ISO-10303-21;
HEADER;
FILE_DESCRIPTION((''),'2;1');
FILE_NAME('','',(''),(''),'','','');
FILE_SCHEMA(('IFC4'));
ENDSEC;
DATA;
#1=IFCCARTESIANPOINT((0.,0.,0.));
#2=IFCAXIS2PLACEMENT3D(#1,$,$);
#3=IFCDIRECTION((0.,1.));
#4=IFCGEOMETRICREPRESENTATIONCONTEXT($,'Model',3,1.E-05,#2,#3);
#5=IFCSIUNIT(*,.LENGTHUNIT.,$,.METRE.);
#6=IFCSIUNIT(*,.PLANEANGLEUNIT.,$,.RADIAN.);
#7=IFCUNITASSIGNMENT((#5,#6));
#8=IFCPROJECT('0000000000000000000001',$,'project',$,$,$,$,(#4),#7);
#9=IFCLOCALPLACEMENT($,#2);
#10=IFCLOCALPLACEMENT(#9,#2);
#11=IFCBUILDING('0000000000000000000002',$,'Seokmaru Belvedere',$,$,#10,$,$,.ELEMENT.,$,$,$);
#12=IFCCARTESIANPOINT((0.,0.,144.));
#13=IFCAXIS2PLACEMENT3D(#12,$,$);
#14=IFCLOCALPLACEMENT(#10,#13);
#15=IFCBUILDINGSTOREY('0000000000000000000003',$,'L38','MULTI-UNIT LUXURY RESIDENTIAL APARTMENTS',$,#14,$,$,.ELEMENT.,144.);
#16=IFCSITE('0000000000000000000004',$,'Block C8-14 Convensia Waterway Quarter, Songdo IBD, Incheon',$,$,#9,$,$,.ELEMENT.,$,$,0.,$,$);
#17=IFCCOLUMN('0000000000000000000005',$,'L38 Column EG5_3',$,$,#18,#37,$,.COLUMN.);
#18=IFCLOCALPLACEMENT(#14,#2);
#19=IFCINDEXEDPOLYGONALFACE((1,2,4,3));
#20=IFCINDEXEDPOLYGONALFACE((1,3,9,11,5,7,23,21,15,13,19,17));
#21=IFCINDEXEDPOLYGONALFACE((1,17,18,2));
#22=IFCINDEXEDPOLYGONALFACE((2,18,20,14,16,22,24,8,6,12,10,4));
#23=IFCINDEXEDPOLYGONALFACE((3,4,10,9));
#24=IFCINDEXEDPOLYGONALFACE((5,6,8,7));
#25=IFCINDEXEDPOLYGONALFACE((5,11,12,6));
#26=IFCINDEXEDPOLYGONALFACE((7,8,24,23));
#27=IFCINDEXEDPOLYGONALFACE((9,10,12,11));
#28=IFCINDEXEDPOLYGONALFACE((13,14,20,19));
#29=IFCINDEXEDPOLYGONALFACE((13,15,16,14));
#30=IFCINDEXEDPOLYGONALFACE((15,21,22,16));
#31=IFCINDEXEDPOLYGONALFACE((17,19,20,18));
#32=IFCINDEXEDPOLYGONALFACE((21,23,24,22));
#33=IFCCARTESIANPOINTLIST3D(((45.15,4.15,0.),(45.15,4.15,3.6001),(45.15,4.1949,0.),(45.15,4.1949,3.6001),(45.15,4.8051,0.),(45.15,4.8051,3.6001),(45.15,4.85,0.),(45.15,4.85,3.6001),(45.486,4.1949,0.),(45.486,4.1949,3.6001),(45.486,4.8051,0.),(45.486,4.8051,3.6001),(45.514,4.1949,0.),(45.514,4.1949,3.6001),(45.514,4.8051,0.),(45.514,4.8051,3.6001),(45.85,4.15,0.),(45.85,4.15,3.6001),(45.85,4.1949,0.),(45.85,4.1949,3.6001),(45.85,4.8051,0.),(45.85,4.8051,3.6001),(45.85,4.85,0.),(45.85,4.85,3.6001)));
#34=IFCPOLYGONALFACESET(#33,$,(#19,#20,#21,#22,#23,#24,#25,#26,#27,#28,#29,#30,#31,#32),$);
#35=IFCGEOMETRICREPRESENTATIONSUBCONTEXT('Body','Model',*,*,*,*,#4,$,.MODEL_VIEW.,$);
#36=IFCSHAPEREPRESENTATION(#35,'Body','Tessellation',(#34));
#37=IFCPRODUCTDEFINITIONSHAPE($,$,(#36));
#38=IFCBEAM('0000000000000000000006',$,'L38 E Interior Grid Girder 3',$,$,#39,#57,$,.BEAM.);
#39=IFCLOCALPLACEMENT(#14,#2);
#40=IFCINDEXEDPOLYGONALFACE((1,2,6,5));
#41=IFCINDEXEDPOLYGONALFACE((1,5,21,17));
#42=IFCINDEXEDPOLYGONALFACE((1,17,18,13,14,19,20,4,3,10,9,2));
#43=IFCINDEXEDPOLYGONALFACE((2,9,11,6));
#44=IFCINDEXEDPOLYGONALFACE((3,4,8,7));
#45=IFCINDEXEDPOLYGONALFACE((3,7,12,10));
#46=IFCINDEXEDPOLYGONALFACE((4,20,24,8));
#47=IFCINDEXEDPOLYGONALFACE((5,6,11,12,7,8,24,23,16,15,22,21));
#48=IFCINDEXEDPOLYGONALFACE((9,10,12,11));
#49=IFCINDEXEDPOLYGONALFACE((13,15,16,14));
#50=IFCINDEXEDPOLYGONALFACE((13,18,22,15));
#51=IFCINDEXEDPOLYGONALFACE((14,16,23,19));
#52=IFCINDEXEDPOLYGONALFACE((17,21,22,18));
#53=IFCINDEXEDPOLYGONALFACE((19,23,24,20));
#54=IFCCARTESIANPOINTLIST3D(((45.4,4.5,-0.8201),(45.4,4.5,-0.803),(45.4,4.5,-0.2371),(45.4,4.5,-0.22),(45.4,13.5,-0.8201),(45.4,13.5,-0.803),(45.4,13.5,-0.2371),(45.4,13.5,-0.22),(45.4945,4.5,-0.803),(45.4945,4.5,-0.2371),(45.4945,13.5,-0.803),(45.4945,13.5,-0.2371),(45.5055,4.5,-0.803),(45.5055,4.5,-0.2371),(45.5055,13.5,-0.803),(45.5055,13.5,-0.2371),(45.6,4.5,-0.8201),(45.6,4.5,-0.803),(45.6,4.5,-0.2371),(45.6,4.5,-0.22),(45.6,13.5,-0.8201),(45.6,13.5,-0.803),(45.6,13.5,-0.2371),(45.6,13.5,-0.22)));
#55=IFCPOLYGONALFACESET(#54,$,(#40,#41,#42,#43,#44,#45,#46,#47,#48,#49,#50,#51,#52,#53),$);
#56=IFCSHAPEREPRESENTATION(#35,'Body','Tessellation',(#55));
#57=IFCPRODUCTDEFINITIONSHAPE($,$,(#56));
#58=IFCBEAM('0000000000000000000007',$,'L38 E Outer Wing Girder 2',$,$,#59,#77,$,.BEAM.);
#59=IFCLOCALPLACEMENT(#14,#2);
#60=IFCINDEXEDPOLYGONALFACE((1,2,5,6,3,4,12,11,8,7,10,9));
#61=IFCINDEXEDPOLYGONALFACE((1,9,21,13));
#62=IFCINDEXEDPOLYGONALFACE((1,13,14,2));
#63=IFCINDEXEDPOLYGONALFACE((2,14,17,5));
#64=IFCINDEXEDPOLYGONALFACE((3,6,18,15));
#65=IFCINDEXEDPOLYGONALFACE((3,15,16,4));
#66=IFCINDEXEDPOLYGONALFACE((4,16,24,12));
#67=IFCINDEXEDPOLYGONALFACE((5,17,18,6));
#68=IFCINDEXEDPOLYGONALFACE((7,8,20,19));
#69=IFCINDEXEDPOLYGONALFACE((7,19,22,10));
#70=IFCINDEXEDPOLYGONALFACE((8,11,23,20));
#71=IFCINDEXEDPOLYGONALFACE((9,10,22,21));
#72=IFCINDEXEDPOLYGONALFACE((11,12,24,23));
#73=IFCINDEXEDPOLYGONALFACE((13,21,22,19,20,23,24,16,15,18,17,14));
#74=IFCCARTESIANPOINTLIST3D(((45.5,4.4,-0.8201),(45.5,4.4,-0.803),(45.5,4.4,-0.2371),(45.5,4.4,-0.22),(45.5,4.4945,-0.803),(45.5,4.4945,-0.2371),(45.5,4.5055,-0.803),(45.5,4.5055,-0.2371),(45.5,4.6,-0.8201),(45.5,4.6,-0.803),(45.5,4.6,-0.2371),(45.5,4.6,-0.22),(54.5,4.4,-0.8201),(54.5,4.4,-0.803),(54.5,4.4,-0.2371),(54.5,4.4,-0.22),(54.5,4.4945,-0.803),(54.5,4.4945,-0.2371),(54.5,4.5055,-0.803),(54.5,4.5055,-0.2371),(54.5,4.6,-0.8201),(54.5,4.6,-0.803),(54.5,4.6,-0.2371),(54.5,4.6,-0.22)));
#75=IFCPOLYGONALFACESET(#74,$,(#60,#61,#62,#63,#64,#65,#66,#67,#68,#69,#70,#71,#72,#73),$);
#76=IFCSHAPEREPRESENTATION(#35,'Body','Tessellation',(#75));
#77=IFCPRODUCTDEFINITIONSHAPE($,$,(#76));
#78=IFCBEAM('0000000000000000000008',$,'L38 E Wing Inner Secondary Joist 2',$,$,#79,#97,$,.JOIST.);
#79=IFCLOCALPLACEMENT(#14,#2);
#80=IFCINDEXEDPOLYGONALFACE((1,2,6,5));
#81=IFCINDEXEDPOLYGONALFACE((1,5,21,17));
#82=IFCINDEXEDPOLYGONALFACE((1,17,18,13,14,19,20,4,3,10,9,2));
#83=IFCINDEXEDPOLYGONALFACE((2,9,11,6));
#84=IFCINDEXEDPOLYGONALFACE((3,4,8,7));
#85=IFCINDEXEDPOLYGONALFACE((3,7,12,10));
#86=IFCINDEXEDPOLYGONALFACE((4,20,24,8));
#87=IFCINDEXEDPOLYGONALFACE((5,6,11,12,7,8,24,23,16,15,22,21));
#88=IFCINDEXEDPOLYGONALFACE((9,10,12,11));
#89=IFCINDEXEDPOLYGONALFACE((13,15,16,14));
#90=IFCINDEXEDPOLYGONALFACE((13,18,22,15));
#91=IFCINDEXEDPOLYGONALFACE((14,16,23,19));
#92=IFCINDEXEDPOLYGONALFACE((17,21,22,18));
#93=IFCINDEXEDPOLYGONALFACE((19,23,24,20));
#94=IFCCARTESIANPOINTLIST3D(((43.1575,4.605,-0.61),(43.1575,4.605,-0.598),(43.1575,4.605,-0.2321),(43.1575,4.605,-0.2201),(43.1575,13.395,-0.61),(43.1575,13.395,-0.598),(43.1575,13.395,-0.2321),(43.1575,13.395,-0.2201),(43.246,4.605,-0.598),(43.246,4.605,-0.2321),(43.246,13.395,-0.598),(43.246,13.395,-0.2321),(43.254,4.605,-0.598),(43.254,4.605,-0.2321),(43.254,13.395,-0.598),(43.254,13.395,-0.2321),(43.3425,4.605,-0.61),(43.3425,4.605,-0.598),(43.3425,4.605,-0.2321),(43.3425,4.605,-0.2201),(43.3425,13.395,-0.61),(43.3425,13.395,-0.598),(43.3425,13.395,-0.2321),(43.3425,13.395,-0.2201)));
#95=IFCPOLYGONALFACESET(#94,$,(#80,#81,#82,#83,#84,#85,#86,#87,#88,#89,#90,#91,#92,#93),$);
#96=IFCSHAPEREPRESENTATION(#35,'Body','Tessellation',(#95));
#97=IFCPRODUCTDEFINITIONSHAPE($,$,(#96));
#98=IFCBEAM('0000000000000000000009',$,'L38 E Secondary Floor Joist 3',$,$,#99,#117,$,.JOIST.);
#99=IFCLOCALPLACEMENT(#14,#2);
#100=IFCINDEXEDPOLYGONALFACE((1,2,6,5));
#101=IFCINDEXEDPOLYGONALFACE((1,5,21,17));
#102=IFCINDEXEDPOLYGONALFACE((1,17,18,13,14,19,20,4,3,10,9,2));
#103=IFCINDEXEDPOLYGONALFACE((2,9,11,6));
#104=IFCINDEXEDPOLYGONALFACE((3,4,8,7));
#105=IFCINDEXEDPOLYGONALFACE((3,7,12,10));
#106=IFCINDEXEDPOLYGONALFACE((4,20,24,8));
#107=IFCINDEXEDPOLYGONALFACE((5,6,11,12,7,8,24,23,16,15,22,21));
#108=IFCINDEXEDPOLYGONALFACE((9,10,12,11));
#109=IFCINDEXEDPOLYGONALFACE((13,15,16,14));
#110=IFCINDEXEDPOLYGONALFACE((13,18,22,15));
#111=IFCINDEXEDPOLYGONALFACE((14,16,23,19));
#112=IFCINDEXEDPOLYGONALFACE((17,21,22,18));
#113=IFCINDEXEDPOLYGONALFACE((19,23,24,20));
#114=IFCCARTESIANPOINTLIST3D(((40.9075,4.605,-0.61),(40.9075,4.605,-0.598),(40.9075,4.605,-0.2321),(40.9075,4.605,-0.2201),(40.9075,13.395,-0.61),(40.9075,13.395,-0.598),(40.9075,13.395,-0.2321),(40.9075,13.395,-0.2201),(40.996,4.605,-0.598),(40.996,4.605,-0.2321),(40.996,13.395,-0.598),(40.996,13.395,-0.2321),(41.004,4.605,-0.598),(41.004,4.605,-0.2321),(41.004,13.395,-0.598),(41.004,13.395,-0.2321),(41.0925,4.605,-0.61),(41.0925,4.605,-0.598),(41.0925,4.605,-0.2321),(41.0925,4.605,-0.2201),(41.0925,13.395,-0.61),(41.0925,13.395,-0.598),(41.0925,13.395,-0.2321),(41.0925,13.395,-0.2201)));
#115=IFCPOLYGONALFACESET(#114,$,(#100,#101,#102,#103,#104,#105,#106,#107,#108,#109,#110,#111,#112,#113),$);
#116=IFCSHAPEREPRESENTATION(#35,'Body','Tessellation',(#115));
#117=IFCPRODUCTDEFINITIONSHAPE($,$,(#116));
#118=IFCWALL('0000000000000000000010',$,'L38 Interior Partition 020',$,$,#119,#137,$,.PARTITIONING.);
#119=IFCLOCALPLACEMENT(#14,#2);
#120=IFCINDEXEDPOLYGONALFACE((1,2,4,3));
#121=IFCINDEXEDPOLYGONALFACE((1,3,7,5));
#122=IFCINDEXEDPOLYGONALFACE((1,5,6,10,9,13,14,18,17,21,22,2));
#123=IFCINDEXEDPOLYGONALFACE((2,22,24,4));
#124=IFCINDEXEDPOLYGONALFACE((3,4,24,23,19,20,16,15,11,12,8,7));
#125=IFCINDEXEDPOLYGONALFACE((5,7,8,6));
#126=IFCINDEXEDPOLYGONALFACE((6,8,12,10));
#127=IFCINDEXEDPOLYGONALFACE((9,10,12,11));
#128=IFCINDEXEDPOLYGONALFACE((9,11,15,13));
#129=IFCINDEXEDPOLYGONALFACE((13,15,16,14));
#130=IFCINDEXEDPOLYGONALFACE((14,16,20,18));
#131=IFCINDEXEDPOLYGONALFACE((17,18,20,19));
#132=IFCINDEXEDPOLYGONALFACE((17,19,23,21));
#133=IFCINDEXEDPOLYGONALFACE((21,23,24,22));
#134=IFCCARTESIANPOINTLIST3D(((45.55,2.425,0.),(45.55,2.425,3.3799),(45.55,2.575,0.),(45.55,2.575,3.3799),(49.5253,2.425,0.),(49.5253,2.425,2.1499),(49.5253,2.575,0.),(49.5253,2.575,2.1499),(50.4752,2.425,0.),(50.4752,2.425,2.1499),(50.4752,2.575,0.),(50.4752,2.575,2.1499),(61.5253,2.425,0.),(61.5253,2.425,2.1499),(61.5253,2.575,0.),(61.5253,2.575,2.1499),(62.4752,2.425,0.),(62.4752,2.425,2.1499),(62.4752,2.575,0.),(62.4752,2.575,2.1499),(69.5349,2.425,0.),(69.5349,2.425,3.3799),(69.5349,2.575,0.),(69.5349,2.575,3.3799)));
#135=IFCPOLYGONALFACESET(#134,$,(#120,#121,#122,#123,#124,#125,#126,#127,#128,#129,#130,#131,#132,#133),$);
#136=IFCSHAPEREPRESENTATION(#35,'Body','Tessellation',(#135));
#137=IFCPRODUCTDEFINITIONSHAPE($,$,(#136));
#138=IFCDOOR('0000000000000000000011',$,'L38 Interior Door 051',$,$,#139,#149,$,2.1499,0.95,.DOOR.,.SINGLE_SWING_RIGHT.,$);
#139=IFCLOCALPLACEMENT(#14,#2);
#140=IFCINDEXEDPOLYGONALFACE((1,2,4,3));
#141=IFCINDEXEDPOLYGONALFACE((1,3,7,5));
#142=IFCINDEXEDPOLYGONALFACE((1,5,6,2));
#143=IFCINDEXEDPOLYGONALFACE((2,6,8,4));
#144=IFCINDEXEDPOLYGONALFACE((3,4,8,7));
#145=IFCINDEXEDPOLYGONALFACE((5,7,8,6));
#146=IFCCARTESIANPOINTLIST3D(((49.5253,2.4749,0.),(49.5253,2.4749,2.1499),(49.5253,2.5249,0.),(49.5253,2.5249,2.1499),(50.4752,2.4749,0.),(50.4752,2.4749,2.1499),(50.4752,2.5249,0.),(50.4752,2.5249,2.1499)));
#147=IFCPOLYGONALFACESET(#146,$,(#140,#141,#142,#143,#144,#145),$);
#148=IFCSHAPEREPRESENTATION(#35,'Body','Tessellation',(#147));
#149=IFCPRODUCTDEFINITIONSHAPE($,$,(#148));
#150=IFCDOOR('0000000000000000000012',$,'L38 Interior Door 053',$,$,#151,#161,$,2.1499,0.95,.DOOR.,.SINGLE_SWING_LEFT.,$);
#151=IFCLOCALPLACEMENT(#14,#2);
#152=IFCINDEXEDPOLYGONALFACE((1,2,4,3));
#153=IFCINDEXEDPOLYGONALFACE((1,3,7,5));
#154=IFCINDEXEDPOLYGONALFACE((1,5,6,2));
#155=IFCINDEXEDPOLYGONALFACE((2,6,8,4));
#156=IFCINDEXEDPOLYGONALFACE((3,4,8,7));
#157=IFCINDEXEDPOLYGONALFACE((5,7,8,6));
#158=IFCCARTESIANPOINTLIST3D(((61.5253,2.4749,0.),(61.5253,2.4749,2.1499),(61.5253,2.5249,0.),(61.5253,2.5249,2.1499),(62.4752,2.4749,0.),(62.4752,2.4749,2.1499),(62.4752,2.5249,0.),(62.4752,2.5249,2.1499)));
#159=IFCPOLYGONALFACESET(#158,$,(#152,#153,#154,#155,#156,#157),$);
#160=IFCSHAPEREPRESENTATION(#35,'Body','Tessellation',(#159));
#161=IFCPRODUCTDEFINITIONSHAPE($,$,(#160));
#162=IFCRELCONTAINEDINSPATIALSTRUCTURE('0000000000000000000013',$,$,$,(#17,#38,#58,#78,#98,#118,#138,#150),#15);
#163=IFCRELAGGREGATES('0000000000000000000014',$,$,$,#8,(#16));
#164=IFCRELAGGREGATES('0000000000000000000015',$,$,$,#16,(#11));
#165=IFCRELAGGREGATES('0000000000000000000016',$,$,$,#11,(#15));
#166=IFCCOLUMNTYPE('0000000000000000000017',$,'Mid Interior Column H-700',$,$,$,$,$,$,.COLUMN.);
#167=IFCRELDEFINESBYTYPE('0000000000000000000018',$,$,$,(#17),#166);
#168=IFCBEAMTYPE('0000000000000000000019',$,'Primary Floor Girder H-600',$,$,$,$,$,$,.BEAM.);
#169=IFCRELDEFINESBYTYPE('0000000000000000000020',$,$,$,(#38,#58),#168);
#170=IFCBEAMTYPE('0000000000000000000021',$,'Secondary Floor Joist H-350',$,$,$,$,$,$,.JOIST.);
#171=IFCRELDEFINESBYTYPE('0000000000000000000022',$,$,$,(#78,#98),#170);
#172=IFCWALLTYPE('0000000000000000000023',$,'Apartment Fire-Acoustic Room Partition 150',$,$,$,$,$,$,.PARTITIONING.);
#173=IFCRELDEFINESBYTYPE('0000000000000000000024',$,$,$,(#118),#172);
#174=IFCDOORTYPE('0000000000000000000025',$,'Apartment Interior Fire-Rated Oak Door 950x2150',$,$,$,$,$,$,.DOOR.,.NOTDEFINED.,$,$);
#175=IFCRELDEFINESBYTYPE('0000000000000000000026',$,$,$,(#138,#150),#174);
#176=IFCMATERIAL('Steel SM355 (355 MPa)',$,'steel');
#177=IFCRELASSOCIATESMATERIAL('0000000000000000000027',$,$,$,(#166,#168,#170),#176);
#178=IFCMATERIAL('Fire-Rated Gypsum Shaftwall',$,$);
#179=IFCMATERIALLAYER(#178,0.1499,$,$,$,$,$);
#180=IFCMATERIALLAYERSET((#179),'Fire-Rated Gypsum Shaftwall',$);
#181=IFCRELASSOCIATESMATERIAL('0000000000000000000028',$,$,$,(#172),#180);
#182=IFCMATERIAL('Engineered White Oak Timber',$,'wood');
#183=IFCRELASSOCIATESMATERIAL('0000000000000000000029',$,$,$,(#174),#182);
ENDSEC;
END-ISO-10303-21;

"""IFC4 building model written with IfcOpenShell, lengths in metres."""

from ifc_helpers import new_model, si_unit, direction, frame, frame_2d, origin, origin_2d, place, context, subcontext, project, spatial, rectangle, i_section, extrude, source, transform, mapped, material, layer, layer_set, material_profile, profile_set, type_object, type_shapes, element, fill, save


model = new_model("IFC4")

# Units and contexts
model_context = context("Model", 3, precision=1e-05, world=origin(), true_north=direction((0.0, 1.0)))
body_context = subcontext(model_context, "Body", "Model", "MODEL_VIEW")
ifc_project = project(units=[si_unit("LENGTHUNIT", "METRE"), si_unit("PLANEANGLEUNIT", "RADIAN")], contexts=[model_context])

# Site, building, storey
site_placement = place(None, origin())
site = spatial("IfcSite", under=ifc_project, at=site_placement, Name="Block C8-14 Convensia Waterway Quarter, Songdo IBD, Incheon", CompositionType="ELEMENT", RefElevation=0.0)
building_placement = place(site_placement, origin())
building = spatial("IfcBuilding", under=site, at=building_placement, Name="Seokmaru Belvedere", CompositionType="ELEMENT")
storey_placement = place(building_placement, frame((0.0, 0.0, 144.0)))
storey = spatial("IfcBuildingStorey", under=building, at=storey_placement, Name="L38", Description="MULTI-UNIT LUXURY RESIDENTIAL APARTMENTS", CompositionType="ELEMENT", Elevation=144.0)

# Column
ifc_material_1 = material(Name="Steel SM355 (355 MPa)", Category="steel")
ifc_material_profile_1 = material_profile(ifc_material_1, i_section(OverallWidth=0.7, OverallDepth=0.7, WebThickness=0.0281, FlangeThickness=0.0449, at=origin_2d()), Name="H-700x700x28x45")
ifc_profile_set_1 = profile_set([ifc_material_profile_1], Name="Steel SM355 (355 MPa)")
column_type = type_object("IfcColumnType", Name="Mid Interior Column H-700", PredefinedType="COLUMN", material=ifc_profile_set_1)
shared_shape_1 = source(origin(), body_context, "Body", "SweptSolid", [
    extrude(i_section(OverallWidth=0.7, OverallDepth=0.7, WebThickness=0.0281, FlangeThickness=0.0449, at=origin_2d()), origin(), (0.0, 0.0, 1.0), 3.6001),
])
type_shapes(column_type, [shared_shape_1])
column_placement = place(storey_placement, frame((45.5, 4.5, 0.0), z_axis=(0.0, 0.0, 1.0), x_axis=(1.0, 0.0, 0.0)))
element("IfcColumn", 1, at=column_placement, inside=storey, type_object=column_type, Name="L38 Column EG5_3", PredefinedType="COLUMN", context=body_context, shape_type="MappedRepresentation", body=[
    mapped(shared_shape_1, transform((0.0, 0.0, 0.0), scale=1.0)),
])

# Beams
ifc_material_profile_2 = material_profile(ifc_material_1, i_section(OverallWidth=0.2, OverallDepth=0.6001, WebThickness=0.011, FlangeThickness=0.0171, at=origin_2d()), Name="H-600x200x11x17")
ifc_profile_set_2 = profile_set([ifc_material_profile_2], Name="Steel SM355 (355 MPa)")
beam_type_1 = type_object("IfcBeamType", Name="Primary Floor Girder H-600", PredefinedType="BEAM", material=ifc_profile_set_2)
shared_shape_2 = source(origin(), body_context, "Body", "SweptSolid", [
    extrude(i_section(OverallWidth=0.2, OverallDepth=0.6001, WebThickness=0.011, FlangeThickness=0.0171, at=origin_2d()), origin(), (0.0, 0.0, 1.0), 9.0),
])
type_shapes(beam_type_1, [shared_shape_2])
for number, where, z_axis, x_axis, name in (
    (2, (45.5, 4.5, -0.52), (0.0, 1.0, 0.0), (-1.0, 0.0, 0.0), "L38 E Interior Grid Girder 3"),
    (3, (45.5, 4.5, -0.52), (1.0, 0.0, 0.0), (0.0, 1.0, 0.0), "L38 E Outer Wing Girder 2"),
):
    element("IfcBeam", number, at=place(storey_placement, frame(where, z_axis=z_axis, x_axis=x_axis)), inside=storey, type_object=beam_type_1, Name=name, PredefinedType="BEAM", context=body_context, shape_type="MappedRepresentation", body=[
        mapped(shared_shape_2, transform((0.0, 0.0, 0.0), scale=1.0)),
    ])
ifc_material_profile_3 = material_profile(ifc_material_1, i_section(OverallWidth=0.1851, OverallDepth=0.3899, WebThickness=0.0081, FlangeThickness=0.012, at=origin_2d()), Name="H-390x185x8x12")
ifc_profile_set_3 = profile_set([ifc_material_profile_3], Name="Steel SM355 (355 MPa)")
beam_type_2 = type_object("IfcBeamType", Name="Secondary Floor Joist H-350", PredefinedType="JOIST", material=ifc_profile_set_3)
shared_shape_3 = source(origin(), body_context, "Body", "SweptSolid", [
    extrude(i_section(OverallWidth=0.1851, OverallDepth=0.3899, WebThickness=0.0081, FlangeThickness=0.012, at=origin_2d()), origin(), (0.0, 0.0, 1.0), 8.79),
])
type_shapes(beam_type_2, [shared_shape_3])
for number, where, z_axis, x_axis, name in (
    (4, (43.25, 4.605, -0.415), (0.0, 1.0, 0.0), (-1.0, 0.0, 0.0), "L38 E Wing Inner Secondary Joist 2"),
    (5, (41.0, 4.605, -0.415), (0.0, 1.0, 0.0), (-1.0, 0.0, 0.0), "L38 E Secondary Floor Joist 3"),
):
    element("IfcBeam", number, at=place(storey_placement, frame(where, z_axis=z_axis, x_axis=x_axis)), inside=storey, type_object=beam_type_2, Name=name, PredefinedType="JOIST", context=body_context, shape_type="MappedRepresentation", body=[
        mapped(shared_shape_3, transform((0.0, 0.0, 0.0), scale=1.0)),
    ])

# Wall, openings, doors
ifc_material_2 = material(Name="Fire-Rated Gypsum Shaftwall")
ifc_layer_1 = layer(ifc_material_2, 0.1499)
ifc_layer_set_1 = layer_set([ifc_layer_1], Name="Fire-Rated Gypsum Shaftwall")
wall_type_1 = type_object("IfcWallType", Name="Apartment Fire-Acoustic Room Partition 150", PredefinedType="PARTITIONING", material=ifc_layer_set_1)
wall_1_placement = place(storey_placement, frame((45.55, 2.5, 0.0), z_axis=(0.0, 0.0, 1.0), x_axis=(1.0, 0.0, 0.0)))
wall_1 = element("IfcWall", 6, at=wall_1_placement, inside=storey, type_object=wall_type_1, Name="L38 Interior Partition 020", PredefinedType="PARTITIONING", context=body_context, shape_type="SweptSolid", body=[
    extrude(rectangle(XDim=23.9849, YDim=0.1499, at=frame_2d((11.9924, 0.0))), origin(), (0.0, 0.0, 1.0), 3.3799),
])
opening_1_placement = place(wall_1_placement, frame((3.9751, 0.0, 0.0)))
opening_1 = element("IfcOpeningElement", 7, at=opening_1_placement, cuts=wall_1, PredefinedType="OPENING", context=body_context, shape_type="SweptSolid", body=[
    extrude(rectangle(XDim=0.95, YDim=2.1499, at=frame_2d((0.4751, 1.075))), frame((0.0, 0.085, 0.0), z_axis=(0.0, -1.0, 0.0), x_axis=(1.0, 0.0, 0.0)), (0.0, 0.0, 1.0), 0.1699),
])
opening_2_placement = place(wall_1_placement, frame((15.9751, 0.0, 0.0)))
opening_2 = element("IfcOpeningElement", 8, at=opening_2_placement, cuts=wall_1, PredefinedType="OPENING", context=body_context, shape_type="SweptSolid", body=[
    extrude(rectangle(XDim=0.95, YDim=2.1499, at=frame_2d((0.4751, 1.075))), frame((0.0, 0.085, 0.0), z_axis=(0.0, -1.0, 0.0), x_axis=(1.0, 0.0, 0.0)), (0.0, 0.0, 1.0), 0.1699),
])
ifc_material_3 = material(Name="Engineered White Oak Timber", Category="wood")
door_type_1 = type_object("IfcDoorType", Name="Apartment Interior Fire-Rated Oak Door 950x2150", OperationType="NOTDEFINED", PredefinedType="DOOR", material=ifc_material_3)
shared_shape_4 = source(origin(), body_context, "Body", "SweptSolid", [
    extrude(rectangle(XDim=0.95, YDim=2.1499, at=frame_2d((0.4751, 1.075))), frame((0.0, 0.0249, 0.0), z_axis=(0.0, -1.0, 0.0), x_axis=(1.0, 0.0, 0.0)), (0.0, 0.0, 1.0), 0.05),
])
type_shapes(door_type_1, [shared_shape_4])
door_1_placement = place(opening_1_placement, origin())
door_1 = element("IfcDoor", 9, at=door_1_placement, inside=storey, type_object=door_type_1, Name="L38 Interior Door 051", OperationType="SINGLE_SWING_RIGHT", OverallHeight=2.1499, OverallWidth=0.95, PredefinedType="DOOR", context=body_context, shape_type="MappedRepresentation", body=[
    mapped(shared_shape_4, transform((0.0, 0.0, 0.0), scale=1.0)),
])
fill(opening_1, door_1)
door_2_placement = place(opening_2_placement, origin())
door_2 = element("IfcDoor", 10, at=door_2_placement, inside=storey, type_object=door_type_1, Name="L38 Interior Door 053", OperationType="SINGLE_SWING_LEFT", OverallHeight=2.1499, OverallWidth=0.95, PredefinedType="DOOR", context=body_context, shape_type="MappedRepresentation", body=[
    mapped(shared_shape_4, transform((0.0, 0.0, 0.0), scale=1.0)),
])
fill(opening_2, door_2)

save(model, "model.ifc")
